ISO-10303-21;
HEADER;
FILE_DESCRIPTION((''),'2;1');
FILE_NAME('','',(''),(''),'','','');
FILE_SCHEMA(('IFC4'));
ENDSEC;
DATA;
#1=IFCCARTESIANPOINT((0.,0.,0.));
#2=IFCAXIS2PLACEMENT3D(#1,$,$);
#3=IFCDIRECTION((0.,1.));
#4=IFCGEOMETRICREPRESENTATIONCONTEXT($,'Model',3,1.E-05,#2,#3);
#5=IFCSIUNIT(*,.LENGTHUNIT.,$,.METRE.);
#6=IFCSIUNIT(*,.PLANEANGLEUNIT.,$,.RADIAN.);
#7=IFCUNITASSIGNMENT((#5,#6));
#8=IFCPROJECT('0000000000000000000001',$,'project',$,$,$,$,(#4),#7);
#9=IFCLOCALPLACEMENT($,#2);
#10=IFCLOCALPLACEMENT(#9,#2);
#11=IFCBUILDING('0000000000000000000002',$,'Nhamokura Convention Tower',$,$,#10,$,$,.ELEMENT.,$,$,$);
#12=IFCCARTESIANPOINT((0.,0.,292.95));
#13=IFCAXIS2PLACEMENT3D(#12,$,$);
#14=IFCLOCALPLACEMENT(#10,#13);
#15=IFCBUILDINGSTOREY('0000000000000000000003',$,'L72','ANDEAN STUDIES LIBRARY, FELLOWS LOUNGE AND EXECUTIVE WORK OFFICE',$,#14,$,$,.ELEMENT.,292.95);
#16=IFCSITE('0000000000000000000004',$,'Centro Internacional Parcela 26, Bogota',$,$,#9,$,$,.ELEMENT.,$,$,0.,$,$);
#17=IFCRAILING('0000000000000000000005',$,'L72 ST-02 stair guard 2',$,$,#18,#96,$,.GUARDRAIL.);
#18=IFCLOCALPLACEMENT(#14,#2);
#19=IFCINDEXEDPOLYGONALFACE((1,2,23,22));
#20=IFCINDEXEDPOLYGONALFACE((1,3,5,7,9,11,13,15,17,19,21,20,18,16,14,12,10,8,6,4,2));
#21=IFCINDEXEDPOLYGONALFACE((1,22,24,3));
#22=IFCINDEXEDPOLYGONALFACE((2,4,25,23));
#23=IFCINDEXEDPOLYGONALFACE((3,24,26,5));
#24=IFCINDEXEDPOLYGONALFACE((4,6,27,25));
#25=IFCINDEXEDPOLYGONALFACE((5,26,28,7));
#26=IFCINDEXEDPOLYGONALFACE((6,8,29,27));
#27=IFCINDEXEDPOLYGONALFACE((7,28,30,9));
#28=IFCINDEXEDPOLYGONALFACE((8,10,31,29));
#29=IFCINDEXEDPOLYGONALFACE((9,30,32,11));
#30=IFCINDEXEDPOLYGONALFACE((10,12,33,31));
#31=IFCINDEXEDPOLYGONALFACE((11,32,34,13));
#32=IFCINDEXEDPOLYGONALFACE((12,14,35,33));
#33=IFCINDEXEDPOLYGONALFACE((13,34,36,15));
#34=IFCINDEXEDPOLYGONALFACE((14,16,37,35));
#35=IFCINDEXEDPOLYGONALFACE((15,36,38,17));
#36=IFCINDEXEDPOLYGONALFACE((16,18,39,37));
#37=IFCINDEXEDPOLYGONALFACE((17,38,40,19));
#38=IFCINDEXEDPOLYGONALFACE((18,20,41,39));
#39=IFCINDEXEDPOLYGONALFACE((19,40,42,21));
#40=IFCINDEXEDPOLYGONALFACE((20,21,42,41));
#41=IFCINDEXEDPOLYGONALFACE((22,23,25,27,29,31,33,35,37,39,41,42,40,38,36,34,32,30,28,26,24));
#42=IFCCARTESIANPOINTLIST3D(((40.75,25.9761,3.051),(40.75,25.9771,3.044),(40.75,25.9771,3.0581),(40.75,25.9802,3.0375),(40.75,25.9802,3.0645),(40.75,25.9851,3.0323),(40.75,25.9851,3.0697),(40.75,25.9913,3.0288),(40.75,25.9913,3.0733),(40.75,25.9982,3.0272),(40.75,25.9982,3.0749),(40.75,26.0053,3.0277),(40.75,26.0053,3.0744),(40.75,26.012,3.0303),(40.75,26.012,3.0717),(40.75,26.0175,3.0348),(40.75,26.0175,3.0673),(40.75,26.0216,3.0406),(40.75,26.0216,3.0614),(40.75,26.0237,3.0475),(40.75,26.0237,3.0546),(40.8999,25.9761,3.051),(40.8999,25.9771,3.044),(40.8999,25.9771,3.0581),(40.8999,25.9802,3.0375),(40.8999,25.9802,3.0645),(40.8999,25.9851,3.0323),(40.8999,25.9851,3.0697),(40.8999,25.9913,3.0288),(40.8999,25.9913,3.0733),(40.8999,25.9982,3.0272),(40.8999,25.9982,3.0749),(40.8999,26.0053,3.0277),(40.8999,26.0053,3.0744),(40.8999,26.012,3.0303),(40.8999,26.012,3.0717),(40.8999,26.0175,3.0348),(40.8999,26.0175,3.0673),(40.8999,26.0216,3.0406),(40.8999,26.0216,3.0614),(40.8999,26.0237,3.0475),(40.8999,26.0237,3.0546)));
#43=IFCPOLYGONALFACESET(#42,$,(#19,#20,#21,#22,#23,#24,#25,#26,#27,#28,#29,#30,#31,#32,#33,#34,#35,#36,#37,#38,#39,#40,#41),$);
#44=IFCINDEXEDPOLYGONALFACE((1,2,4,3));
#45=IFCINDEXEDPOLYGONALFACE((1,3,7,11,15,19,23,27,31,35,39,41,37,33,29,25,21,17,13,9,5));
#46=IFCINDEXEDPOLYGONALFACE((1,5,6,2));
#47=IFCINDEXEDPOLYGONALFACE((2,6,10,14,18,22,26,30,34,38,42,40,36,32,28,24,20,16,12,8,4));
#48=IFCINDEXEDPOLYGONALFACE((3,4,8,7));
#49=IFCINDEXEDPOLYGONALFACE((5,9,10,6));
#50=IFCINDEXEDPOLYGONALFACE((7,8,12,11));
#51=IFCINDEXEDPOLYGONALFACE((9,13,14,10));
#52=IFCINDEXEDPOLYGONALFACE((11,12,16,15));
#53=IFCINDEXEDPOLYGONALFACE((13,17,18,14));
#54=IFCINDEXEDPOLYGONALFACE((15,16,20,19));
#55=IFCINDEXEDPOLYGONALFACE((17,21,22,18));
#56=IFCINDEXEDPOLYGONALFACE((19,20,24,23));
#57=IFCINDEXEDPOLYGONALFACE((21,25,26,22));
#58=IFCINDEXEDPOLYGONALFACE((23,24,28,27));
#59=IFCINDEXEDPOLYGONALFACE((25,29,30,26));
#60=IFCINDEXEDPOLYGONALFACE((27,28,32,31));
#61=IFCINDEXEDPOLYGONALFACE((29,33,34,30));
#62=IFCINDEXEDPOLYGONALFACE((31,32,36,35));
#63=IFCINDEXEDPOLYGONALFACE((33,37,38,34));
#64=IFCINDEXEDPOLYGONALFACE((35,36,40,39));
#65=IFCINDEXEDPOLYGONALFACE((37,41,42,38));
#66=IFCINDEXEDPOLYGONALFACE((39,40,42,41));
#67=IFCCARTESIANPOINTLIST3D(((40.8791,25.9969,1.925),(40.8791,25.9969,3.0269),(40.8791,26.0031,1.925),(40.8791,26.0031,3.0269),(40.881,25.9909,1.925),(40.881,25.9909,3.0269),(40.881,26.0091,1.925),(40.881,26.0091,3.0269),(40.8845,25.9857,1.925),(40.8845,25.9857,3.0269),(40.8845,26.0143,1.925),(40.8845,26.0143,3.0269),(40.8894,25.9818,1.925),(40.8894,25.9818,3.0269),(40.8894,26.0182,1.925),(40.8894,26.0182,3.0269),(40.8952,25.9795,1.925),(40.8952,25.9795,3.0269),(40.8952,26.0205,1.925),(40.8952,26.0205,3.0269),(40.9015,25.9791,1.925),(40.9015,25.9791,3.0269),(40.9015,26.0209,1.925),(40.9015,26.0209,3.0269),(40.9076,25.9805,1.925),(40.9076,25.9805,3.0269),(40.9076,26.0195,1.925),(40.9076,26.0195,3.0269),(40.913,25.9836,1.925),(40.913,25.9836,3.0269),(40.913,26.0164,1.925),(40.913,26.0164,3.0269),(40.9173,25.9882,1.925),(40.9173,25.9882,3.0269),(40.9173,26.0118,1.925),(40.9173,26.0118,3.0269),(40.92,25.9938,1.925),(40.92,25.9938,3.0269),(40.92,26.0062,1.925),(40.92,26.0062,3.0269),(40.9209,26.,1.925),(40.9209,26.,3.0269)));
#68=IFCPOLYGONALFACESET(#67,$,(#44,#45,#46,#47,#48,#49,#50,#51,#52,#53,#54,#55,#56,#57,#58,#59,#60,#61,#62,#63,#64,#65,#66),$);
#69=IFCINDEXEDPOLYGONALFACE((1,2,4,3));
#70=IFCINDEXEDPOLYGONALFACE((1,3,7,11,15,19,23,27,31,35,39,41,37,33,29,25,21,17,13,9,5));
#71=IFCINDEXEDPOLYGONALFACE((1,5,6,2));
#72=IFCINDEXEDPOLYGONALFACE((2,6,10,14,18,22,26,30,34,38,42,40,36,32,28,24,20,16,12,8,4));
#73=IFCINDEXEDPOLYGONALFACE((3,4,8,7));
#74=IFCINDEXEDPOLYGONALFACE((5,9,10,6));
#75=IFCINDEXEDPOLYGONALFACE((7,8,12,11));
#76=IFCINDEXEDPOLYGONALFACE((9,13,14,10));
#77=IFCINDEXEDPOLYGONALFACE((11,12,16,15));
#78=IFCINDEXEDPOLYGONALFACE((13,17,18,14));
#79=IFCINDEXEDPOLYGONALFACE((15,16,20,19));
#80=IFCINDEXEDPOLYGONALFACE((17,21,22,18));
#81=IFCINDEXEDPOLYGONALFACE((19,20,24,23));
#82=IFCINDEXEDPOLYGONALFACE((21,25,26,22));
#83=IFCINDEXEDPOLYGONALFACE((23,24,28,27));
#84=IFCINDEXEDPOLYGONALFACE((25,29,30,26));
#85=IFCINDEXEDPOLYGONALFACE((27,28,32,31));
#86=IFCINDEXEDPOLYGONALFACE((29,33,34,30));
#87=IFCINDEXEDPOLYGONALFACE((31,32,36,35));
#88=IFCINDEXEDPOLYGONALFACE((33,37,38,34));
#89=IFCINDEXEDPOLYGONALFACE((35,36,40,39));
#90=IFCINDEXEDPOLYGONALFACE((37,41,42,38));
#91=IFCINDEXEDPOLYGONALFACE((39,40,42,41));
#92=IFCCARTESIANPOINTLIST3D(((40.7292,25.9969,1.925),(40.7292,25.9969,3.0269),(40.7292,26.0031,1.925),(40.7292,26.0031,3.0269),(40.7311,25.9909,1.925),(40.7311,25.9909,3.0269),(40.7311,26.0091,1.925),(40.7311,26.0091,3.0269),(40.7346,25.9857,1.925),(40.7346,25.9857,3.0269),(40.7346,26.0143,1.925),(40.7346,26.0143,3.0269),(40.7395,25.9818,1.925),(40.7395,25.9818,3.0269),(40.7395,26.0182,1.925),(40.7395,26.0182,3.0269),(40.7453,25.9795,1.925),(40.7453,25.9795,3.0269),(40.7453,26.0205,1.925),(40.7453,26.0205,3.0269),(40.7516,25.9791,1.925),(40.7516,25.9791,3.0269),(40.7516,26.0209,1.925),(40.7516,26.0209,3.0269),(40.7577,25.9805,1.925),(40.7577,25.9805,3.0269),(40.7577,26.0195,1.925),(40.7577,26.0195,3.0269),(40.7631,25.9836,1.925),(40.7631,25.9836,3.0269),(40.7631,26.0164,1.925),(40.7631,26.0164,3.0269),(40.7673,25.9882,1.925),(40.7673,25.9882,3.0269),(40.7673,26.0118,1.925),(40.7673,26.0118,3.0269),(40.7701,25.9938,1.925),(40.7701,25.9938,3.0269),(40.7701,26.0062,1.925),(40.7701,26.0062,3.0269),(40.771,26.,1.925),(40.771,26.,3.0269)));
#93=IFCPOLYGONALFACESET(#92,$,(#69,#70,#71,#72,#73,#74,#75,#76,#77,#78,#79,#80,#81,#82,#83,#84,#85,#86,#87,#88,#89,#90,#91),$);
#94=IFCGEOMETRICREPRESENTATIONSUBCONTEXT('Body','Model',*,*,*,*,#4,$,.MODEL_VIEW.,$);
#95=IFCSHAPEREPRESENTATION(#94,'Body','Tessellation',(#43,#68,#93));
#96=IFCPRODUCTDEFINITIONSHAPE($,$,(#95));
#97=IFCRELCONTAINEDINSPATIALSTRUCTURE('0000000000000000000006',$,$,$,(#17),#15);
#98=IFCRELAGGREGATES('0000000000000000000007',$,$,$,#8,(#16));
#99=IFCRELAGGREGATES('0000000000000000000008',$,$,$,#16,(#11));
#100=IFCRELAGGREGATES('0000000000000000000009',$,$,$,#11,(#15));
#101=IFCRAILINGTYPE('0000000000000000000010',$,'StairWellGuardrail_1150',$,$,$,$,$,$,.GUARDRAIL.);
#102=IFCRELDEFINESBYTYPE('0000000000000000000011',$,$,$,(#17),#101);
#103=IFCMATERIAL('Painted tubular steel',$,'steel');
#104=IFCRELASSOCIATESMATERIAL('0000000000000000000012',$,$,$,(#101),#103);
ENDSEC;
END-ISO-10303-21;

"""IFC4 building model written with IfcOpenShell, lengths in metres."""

from ifc_helpers import new_model, si_unit, direction, frame, origin, origin_2d, place, context, subcontext, project, spatial, circle, extrude, material, type_object, element, save


model = new_model("IFC4")

# Units and contexts
model_context = context("Model", 3, precision=1e-05, world=origin(), true_north=direction((0.0, 1.0)))
body_context = subcontext(model_context, "Body", "Model", "MODEL_VIEW")
ifc_project = project(units=[si_unit("LENGTHUNIT", "METRE"), si_unit("PLANEANGLEUNIT", "RADIAN")], contexts=[model_context])

# Site, building, storey
site_placement = place(None, origin())
site = spatial("IfcSite", under=ifc_project, at=site_placement, Name="Centro Internacional Parcela 26, Bogota", CompositionType="ELEMENT", RefElevation=0.0)
building_placement = place(site_placement, origin())
building = spatial("IfcBuilding", under=site, at=building_placement, Name="Nhamokura Convention Tower", CompositionType="ELEMENT")
storey_placement = place(building_placement, frame((0.0, 0.0, 292.95)))
storey = spatial("IfcBuildingStorey", under=building, at=storey_placement, Name="L72", Description="ANDEAN STUDIES LIBRARY, FELLOWS LOUNGE AND EXECUTIVE WORK OFFICE", CompositionType="ELEMENT", Elevation=292.95)

# Railing
ifc_material_1 = material(Name="Painted tubular steel", Category="steel")
railing_type_1 = type_object("IfcRailingType", Name="StairWellGuardrail_1150", PredefinedType="GUARDRAIL", material=ifc_material_1)
railing_1_placement = place(storey_placement, frame((40.8999, 26.0, 1.925)))
element("IfcRailing", 1, at=railing_1_placement, inside=storey, type_object=railing_type_1, Name="L72 ST-02 stair guard 2", PredefinedType="GUARDRAIL", context=body_context, shape_type="SweptSolid", body=[
    extrude(circle(Radius=0.0239, at=origin_2d()), frame((0.0, 0.0, 1.126), z_axis=(-1.0, 0.0, 0.0), x_axis=(0.0, -1.0, 0.0)), (0.0, 0.0, 1.0), 0.1499),
    extrude(circle(Radius=0.021, at=origin_2d()), origin(), (0.0, 0.0, 1.0), 1.1018),
    extrude(circle(Radius=0.021, at=origin_2d()), frame((-0.1499, 0.0, 0.0)), (0.0, 0.0, 1.0), 1.1018),
])

save(model, "model.ifc")
